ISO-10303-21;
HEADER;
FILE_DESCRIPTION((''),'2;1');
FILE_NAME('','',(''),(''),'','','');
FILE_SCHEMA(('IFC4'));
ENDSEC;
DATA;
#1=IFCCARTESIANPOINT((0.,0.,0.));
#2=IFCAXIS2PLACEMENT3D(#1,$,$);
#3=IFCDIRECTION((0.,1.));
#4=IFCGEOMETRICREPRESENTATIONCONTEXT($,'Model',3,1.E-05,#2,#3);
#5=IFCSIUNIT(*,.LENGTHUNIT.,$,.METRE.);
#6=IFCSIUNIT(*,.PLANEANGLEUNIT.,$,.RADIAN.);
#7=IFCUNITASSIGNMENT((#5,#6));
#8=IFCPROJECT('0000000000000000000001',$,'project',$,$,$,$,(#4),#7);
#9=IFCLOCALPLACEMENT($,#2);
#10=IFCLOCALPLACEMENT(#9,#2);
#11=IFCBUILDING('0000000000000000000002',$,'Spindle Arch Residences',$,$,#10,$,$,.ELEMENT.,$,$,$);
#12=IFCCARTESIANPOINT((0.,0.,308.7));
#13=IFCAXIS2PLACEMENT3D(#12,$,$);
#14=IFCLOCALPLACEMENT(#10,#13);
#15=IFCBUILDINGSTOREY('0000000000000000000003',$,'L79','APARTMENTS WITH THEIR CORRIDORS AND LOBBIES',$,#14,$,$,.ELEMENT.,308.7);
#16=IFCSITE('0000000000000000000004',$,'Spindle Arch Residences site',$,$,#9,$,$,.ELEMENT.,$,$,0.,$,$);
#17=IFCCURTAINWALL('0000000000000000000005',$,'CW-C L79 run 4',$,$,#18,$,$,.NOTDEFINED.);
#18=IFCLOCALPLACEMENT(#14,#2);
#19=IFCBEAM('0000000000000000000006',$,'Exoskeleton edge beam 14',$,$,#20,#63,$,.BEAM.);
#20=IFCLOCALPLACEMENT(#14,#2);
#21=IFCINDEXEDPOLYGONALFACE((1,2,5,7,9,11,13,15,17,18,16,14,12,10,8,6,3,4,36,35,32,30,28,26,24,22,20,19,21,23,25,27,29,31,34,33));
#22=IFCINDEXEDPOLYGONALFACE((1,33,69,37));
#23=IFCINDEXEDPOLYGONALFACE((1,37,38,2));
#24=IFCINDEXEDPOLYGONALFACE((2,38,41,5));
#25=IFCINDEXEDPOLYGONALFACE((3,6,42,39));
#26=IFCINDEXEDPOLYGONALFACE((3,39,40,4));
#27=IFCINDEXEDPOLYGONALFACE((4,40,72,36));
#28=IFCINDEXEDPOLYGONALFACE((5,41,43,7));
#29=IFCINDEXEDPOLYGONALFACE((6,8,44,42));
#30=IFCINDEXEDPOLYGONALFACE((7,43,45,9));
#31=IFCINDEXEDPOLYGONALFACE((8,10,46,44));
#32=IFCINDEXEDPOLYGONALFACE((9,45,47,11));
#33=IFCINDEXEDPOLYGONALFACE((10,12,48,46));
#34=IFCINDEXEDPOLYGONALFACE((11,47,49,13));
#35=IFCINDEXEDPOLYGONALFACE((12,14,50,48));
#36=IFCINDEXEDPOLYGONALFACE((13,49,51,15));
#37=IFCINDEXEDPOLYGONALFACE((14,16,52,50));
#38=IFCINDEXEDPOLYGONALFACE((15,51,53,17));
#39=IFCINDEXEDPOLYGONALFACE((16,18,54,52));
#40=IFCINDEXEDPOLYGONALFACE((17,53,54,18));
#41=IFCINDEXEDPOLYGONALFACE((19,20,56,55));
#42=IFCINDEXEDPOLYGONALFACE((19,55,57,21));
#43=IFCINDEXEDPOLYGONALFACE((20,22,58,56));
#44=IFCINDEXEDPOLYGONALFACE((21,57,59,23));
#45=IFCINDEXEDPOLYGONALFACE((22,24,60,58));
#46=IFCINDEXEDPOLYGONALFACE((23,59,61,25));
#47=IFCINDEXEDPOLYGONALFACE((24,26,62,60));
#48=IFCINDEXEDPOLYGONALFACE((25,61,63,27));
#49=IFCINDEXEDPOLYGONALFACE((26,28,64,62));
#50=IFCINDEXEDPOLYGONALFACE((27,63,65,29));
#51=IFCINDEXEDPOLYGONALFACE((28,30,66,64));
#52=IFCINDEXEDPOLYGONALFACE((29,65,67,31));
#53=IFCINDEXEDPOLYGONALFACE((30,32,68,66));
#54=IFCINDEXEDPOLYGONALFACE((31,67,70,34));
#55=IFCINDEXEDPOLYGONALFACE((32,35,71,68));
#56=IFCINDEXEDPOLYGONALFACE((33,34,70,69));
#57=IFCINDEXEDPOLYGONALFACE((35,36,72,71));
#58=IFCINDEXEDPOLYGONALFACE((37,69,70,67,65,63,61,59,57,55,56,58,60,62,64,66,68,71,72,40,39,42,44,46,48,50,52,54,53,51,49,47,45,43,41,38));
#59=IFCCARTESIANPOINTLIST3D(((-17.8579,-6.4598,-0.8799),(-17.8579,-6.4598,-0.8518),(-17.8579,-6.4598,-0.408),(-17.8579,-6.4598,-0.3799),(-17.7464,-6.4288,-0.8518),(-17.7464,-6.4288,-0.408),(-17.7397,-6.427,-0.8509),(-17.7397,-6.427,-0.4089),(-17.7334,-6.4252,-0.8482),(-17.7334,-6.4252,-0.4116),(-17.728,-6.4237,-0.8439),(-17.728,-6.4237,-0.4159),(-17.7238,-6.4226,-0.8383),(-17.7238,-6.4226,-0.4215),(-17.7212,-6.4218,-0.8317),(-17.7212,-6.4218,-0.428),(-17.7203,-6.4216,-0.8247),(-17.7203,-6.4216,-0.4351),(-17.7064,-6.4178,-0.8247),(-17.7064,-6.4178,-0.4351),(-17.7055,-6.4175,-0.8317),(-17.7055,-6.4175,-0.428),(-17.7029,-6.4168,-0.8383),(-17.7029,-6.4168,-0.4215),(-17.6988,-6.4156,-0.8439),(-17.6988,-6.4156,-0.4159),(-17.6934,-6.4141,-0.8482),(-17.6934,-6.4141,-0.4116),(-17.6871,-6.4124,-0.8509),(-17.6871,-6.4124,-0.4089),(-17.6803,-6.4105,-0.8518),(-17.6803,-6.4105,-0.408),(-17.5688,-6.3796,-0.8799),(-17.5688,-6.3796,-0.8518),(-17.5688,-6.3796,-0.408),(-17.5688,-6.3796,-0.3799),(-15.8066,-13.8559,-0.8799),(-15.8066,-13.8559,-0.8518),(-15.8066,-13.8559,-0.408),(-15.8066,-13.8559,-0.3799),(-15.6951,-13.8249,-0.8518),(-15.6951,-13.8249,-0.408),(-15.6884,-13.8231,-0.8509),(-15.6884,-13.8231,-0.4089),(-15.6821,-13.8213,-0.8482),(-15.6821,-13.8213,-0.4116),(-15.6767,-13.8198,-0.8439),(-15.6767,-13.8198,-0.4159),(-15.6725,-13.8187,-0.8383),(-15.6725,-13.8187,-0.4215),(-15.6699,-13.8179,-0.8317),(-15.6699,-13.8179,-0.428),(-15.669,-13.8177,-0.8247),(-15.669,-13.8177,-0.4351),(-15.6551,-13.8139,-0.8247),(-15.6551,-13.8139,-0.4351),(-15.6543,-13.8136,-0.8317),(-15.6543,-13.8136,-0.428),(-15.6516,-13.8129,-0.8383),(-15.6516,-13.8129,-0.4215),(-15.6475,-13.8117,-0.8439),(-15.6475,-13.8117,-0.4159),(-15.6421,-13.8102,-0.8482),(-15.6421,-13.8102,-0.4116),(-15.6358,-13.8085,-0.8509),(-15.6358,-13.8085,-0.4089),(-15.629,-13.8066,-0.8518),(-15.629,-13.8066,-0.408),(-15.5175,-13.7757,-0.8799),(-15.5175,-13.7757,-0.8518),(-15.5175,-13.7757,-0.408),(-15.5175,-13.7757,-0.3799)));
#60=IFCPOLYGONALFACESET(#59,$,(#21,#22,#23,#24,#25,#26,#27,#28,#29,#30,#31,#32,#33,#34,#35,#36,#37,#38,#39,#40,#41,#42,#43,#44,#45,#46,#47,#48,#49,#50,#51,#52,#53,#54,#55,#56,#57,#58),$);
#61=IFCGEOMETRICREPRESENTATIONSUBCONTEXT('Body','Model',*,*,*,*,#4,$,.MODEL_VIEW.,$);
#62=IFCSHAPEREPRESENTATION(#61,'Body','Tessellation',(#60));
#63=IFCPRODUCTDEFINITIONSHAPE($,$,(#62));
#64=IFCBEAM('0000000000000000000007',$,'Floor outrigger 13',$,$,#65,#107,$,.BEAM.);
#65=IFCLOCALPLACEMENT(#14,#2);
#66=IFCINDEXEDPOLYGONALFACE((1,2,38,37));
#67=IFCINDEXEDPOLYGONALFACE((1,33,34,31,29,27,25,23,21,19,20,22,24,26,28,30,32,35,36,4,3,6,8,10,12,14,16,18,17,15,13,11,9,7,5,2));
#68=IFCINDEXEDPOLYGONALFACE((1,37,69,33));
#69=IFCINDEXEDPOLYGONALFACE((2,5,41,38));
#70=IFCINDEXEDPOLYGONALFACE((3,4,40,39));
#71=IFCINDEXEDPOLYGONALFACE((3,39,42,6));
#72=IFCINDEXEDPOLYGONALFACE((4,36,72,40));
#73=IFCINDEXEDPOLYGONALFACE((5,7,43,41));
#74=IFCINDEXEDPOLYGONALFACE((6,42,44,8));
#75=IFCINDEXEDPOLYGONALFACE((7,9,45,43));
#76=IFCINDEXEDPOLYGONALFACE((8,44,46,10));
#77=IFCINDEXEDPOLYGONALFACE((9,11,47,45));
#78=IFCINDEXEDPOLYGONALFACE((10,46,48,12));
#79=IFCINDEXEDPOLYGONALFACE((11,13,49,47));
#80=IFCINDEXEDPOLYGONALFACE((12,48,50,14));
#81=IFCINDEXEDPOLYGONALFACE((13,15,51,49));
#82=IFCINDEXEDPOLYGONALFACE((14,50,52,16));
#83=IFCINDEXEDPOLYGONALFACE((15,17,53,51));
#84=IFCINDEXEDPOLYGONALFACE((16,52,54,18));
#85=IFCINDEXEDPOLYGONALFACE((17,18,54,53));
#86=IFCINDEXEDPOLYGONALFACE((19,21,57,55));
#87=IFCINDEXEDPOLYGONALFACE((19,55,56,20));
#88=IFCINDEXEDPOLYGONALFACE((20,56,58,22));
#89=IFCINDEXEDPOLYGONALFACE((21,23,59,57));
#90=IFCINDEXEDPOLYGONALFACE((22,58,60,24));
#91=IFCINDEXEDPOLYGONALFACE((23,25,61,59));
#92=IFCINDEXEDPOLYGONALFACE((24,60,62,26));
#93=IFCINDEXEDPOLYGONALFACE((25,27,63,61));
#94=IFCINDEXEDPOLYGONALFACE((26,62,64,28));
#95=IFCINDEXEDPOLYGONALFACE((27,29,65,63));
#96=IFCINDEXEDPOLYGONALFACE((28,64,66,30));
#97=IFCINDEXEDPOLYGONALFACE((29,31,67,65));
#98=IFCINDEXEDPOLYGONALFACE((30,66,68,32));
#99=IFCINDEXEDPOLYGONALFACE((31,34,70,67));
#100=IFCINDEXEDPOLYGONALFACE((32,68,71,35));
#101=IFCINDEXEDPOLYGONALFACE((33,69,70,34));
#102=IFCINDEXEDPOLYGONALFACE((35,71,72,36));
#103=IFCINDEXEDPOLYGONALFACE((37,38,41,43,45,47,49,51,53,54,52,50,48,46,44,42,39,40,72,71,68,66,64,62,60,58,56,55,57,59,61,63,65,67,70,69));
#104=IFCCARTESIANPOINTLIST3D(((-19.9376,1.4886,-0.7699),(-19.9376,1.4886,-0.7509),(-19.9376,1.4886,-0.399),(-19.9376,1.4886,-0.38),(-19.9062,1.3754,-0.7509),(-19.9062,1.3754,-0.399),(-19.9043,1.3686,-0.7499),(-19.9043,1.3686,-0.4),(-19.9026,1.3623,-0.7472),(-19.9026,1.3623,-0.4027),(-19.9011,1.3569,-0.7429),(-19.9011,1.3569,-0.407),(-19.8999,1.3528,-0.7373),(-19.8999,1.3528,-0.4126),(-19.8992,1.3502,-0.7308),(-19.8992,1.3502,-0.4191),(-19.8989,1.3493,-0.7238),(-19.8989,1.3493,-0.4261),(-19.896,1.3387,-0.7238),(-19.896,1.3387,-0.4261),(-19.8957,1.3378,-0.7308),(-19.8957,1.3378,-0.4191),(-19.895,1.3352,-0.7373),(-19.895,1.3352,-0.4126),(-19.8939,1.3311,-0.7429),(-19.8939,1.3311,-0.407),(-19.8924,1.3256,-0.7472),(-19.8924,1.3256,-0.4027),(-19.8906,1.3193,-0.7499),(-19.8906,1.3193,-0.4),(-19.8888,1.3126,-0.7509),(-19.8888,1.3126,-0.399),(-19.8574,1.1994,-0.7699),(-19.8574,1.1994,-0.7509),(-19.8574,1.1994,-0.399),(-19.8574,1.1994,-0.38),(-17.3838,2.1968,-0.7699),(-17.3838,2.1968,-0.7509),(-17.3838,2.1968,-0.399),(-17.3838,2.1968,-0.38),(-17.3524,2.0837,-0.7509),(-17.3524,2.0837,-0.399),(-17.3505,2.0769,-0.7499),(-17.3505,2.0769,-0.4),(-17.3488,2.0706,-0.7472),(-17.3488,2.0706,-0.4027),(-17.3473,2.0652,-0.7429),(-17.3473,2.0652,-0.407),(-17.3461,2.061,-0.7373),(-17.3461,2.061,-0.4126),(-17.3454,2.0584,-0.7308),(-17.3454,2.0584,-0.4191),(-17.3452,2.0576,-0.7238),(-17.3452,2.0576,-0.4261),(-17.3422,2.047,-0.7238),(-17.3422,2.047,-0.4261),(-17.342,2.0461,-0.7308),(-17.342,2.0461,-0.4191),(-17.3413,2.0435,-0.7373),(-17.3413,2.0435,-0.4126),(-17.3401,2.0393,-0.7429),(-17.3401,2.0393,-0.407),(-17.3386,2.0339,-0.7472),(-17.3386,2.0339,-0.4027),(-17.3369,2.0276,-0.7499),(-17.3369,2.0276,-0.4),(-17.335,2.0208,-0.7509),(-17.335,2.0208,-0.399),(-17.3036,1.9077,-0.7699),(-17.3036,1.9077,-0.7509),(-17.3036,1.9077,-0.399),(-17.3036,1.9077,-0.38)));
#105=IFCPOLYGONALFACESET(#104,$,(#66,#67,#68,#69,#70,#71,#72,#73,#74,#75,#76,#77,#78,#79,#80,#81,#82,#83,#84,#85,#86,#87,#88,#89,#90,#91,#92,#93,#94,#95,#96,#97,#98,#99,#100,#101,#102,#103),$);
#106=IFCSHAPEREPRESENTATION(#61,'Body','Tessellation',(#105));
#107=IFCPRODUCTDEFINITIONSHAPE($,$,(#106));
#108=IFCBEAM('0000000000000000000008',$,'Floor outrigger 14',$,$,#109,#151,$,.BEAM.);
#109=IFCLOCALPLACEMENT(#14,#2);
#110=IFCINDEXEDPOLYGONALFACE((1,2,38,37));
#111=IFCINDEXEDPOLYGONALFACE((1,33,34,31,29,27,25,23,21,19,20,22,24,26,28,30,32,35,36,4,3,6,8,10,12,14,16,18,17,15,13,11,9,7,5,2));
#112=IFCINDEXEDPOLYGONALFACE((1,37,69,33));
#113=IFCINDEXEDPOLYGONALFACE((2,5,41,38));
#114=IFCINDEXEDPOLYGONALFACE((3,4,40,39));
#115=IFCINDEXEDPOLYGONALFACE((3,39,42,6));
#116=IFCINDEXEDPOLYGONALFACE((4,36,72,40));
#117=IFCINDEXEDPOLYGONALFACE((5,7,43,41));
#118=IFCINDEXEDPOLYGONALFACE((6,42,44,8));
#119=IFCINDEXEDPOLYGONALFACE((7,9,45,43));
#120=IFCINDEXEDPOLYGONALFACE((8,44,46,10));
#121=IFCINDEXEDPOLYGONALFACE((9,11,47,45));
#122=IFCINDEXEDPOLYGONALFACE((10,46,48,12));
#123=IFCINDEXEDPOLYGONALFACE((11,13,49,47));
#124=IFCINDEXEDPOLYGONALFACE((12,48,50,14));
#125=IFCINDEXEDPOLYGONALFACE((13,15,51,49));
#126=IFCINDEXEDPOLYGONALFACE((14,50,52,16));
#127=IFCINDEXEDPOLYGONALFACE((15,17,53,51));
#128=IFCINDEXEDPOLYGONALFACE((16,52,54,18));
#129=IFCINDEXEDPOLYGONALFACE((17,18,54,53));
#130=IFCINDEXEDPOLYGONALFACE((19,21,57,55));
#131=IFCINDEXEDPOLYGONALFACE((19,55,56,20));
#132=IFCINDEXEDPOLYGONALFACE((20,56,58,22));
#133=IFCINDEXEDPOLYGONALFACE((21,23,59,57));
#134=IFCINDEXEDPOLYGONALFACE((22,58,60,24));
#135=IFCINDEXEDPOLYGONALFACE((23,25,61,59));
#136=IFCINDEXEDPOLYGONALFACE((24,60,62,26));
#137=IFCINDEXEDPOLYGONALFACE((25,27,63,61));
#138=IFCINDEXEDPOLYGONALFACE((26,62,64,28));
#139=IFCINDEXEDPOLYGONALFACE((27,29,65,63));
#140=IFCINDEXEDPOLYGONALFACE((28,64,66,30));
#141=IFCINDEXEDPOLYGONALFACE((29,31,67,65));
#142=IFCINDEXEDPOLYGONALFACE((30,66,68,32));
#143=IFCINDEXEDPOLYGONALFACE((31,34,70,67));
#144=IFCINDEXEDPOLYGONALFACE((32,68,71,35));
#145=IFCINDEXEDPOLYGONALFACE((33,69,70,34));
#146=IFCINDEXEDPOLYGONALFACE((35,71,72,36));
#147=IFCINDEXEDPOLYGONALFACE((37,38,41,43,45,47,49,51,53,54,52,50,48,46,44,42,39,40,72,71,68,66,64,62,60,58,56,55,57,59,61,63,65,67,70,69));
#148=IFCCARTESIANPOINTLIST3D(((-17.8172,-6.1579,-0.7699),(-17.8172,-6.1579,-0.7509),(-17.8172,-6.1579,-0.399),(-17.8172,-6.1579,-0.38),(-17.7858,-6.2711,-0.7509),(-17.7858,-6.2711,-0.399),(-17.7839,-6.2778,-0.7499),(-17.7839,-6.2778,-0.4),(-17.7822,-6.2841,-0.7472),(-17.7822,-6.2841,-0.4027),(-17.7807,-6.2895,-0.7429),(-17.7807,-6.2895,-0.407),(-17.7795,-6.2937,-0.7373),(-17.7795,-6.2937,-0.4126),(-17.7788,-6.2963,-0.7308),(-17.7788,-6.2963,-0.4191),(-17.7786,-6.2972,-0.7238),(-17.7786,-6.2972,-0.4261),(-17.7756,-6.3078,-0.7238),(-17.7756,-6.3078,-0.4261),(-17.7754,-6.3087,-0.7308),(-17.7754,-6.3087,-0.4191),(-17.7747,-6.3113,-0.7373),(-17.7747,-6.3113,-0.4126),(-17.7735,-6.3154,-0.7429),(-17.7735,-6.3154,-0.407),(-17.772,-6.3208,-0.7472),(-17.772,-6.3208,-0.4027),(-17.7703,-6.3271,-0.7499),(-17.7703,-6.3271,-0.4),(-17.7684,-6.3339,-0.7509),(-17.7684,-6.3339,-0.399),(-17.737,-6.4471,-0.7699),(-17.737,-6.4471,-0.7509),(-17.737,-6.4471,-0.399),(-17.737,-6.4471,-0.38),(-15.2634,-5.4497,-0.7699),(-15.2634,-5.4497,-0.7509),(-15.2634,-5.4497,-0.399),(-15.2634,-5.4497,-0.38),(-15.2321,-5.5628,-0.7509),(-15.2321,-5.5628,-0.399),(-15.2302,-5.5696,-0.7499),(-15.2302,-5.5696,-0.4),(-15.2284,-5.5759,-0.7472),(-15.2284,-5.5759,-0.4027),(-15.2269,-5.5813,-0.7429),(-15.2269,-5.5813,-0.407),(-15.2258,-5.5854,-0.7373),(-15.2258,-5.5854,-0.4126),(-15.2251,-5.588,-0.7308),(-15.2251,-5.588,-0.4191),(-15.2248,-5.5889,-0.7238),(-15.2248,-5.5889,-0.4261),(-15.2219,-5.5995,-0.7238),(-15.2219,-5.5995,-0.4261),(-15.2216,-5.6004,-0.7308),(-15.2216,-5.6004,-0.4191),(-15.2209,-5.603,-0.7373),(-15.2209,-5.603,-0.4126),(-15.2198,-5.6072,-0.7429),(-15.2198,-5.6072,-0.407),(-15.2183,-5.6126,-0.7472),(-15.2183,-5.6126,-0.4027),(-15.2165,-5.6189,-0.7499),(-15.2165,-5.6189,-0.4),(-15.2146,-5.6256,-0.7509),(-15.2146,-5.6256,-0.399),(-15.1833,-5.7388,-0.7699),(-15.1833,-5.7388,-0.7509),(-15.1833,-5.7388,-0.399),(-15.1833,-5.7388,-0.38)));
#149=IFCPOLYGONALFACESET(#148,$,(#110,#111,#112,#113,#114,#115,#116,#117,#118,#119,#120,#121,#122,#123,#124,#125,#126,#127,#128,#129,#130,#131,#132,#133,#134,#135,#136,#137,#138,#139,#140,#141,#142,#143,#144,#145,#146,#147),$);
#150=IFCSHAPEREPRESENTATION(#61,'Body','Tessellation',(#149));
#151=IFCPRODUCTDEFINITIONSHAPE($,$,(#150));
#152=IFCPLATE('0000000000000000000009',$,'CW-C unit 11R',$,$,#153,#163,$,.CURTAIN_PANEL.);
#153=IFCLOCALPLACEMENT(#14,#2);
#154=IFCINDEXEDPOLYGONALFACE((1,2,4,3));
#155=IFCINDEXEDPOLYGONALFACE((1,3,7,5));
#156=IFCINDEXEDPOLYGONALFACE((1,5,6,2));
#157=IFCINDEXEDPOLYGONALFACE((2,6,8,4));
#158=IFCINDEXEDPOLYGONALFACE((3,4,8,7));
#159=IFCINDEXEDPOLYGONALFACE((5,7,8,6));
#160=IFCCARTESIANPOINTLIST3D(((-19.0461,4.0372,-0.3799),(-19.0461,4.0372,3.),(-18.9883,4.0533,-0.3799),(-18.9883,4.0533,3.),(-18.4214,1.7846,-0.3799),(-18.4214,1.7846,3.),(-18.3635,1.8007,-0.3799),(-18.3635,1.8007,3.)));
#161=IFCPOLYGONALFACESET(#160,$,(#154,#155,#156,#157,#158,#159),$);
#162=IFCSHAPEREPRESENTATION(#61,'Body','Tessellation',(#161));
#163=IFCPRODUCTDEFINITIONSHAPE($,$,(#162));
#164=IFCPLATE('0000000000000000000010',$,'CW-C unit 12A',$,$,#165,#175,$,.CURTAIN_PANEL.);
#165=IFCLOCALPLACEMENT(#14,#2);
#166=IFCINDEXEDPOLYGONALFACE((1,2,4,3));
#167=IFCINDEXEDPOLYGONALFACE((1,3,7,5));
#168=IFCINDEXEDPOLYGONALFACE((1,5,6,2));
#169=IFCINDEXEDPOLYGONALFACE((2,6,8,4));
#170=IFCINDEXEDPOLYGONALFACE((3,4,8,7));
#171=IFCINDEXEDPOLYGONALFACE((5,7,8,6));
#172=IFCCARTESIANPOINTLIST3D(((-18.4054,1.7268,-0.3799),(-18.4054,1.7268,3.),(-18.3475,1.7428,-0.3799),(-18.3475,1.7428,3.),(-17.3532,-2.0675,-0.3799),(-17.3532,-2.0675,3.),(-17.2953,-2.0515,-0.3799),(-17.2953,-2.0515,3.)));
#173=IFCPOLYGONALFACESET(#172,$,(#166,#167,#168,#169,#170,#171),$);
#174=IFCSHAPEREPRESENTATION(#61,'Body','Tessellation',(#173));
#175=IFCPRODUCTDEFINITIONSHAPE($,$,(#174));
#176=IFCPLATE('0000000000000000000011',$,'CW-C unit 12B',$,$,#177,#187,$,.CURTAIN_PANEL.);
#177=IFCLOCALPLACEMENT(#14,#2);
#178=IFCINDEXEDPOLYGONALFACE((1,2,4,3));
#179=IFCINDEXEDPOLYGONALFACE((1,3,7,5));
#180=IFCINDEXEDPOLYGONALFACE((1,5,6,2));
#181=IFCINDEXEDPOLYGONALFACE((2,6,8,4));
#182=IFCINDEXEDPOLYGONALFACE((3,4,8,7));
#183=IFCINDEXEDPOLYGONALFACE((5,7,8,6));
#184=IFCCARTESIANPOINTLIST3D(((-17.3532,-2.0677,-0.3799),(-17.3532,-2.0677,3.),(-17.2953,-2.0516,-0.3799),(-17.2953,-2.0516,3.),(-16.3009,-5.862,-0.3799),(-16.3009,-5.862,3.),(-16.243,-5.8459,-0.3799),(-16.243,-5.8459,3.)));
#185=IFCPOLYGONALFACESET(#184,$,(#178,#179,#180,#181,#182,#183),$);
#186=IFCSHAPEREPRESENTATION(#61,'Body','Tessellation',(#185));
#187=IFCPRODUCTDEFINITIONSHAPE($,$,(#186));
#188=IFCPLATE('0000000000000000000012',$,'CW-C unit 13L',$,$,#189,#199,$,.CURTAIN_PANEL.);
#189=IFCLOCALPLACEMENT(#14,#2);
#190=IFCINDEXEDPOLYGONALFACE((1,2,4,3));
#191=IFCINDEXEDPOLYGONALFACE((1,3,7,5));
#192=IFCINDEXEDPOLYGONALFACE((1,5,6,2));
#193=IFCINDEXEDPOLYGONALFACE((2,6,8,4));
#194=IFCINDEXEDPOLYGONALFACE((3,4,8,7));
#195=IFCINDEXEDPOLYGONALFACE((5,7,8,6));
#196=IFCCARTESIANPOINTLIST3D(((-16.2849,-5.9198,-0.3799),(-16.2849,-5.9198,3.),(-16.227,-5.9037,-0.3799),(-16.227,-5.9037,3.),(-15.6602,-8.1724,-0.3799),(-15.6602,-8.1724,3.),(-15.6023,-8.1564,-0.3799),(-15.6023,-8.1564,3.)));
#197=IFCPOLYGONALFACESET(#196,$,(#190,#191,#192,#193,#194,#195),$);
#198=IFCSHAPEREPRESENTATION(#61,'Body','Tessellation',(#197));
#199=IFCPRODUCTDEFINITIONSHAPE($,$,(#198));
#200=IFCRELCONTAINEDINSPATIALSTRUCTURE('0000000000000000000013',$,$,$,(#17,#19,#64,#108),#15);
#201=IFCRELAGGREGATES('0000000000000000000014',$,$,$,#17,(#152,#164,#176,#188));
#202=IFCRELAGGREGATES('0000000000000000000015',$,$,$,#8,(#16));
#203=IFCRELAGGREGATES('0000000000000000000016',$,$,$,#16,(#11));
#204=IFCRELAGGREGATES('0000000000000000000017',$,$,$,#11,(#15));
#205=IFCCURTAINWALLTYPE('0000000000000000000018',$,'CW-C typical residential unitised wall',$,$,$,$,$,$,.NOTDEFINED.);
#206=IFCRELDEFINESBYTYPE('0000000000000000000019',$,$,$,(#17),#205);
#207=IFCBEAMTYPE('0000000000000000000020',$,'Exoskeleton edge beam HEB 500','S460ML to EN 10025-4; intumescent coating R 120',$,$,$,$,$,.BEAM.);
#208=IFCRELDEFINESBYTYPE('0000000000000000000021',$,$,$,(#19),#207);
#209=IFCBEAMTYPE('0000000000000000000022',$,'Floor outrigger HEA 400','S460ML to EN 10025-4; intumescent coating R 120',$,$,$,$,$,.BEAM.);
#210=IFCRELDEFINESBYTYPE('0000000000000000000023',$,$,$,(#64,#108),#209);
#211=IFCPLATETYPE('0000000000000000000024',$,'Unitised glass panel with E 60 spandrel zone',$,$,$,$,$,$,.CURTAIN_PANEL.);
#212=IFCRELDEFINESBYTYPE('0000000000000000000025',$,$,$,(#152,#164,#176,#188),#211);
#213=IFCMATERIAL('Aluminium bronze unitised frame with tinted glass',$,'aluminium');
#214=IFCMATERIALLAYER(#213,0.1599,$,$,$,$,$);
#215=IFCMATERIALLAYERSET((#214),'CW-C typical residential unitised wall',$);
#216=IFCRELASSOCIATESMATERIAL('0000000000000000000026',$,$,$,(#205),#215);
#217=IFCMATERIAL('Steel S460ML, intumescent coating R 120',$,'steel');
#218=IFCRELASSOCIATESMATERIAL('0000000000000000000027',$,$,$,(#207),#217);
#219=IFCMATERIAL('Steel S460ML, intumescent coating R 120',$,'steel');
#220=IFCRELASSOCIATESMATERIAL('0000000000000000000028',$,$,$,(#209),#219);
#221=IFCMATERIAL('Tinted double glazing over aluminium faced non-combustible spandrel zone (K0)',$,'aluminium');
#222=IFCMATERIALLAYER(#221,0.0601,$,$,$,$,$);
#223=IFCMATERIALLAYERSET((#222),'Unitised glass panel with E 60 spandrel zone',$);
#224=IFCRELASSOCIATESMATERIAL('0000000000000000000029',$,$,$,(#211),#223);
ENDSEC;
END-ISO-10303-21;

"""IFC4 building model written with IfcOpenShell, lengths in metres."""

from ifc_helpers import new_model, si_unit, direction, frame, origin, origin_2d, place, context, subcontext, project, spatial, rectangle, i_section, extrude, material, layer, layer_set, material_profile, profile_set, type_object, element, aggregate, save


model = new_model("IFC4")

# Units and contexts
model_context = context("Model", 3, precision=1e-05, world=origin(), true_north=direction((0.0, 1.0)))
body_context = subcontext(model_context, "Body", "Model", "MODEL_VIEW")
ifc_project = project(units=[si_unit("LENGTHUNIT", "METRE"), si_unit("PLANEANGLEUNIT", "RADIAN")], contexts=[model_context])

# Site, building, storey
site_placement = place(None, origin())
site = spatial("IfcSite", under=ifc_project, at=site_placement, Name="Spindle Arch Residences site", CompositionType="ELEMENT", RefElevation=0.0)
building_placement = place(site_placement, origin())
building = spatial("IfcBuilding", under=site, at=building_placement, Name="Spindle Arch Residences", CompositionType="ELEMENT")
storey_placement = place(building_placement, frame((0.0, 0.0, 308.7)))
storey = spatial("IfcBuildingStorey", under=building, at=storey_placement, Name="L79", Description="APARTMENTS WITH THEIR CORRIDORS AND LOBBIES", CompositionType="ELEMENT", Elevation=308.7)

# Curtain wall
ifc_material_1 = material(Name="Aluminium bronze unitised frame with tinted glass", Category="aluminium")
ifc_layer_1 = layer(ifc_material_1, 0.1599)
ifc_layer_set_1 = layer_set([ifc_layer_1], Name="CW-C typical residential unitised wall")
curtain_wall_type = type_object("IfcCurtainWallType", Name="CW-C typical residential unitised wall", PredefinedType="NOTDEFINED", material=ifc_layer_set_1)
curtain_wall_placement = place(storey_placement, origin())
curtain_wall = element("IfcCurtainWall", 1, at=curtain_wall_placement, inside=storey, type_object=curtain_wall_type, Name="CW-C L79 run 4", PredefinedType="NOTDEFINED")

# Beams
ifc_material_2 = material(Name="Steel S460ML, intumescent coating R 120", Category="steel")
ifc_material_profile_1 = material_profile(ifc_material_2, i_section(OverallWidth=0.3, OverallDepth=0.5, WebThickness=0.0144, FlangeThickness=0.0281, FilletRadius=0.0271, at=origin_2d()), Name="HEB 500")
ifc_profile_set_1 = profile_set([ifc_material_profile_1], Name="Steel S460ML, intumescent coating R 120")
beam_type_1 = type_object("IfcBeamType", Name="Exoskeleton edge beam HEB 500", Description="S460ML to EN 10025-4; intumescent coating R 120", PredefinedType="BEAM", material=ifc_profile_set_1)
beam_1_placement = place(storey_placement, frame((-17.7134, -6.4197, -0.6299), z_axis=(0.26726, -0.963624, 0.0), x_axis=(0.963624, 0.26726, 0.0)))
element("IfcBeam", 2, at=beam_1_placement, inside=storey, type_object=beam_type_1, Name="Exoskeleton edge beam 14", PredefinedType="BEAM", context=body_context, shape_type="SweptSolid", body=[
    extrude(i_section(OverallWidth=0.3, OverallDepth=0.5, WebThickness=0.0144, FlangeThickness=0.0281, FilletRadius=0.0271, at=origin_2d()), origin(), (0.0, 0.0, 1.0), 7.6753),
])
ifc_material_3 = material(Name="Steel S460ML, intumescent coating R 120", Category="steel")
ifc_material_profile_2 = material_profile(ifc_material_3, i_section(OverallWidth=0.3, OverallDepth=0.3899, WebThickness=0.011, FlangeThickness=0.019, FilletRadius=0.0271, at=origin_2d()), Name="HEA 400")
ifc_profile_set_2 = profile_set([ifc_material_profile_2], Name="Steel S460ML, intumescent coating R 120")
beam_type_2 = type_object("IfcBeamType", Name="Floor outrigger HEA 400", Description="S460ML to EN 10025-4; intumescent coating R 120", PredefinedType="BEAM", material=ifc_profile_set_2)
for number, where, z_axis, x_axis, name in (
    (3, (-19.8975, 1.344, -0.575), (0.963626, 0.267254, 0.0), (-0.267254, 0.963626, 0.0), "Floor outrigger 13"),
    (4, (-17.7771, -6.3025, -0.575), (0.963626, 0.267254, 0.0), (-0.267254, 0.963626, 0.0), "Floor outrigger 14"),
):
    element("IfcBeam", number, at=place(storey_placement, frame(where, z_axis=z_axis, x_axis=x_axis)), inside=storey, type_object=beam_type_2, Name=name, PredefinedType="BEAM", context=body_context, shape_type="SweptSolid", body=[
        extrude(i_section(OverallWidth=0.3, OverallDepth=0.3899, WebThickness=0.011, FlangeThickness=0.019, FilletRadius=0.0271, at=origin_2d()), origin(), (0.0, 0.0, 1.0), 2.6501),
    ])

# Plates
ifc_material_4 = material(Name="Tinted double glazing over aluminium faced non-combustible spandrel zone (K0)", Category="aluminium")
ifc_layer_2 = layer(ifc_material_4, 0.0601)
ifc_layer_set_2 = layer_set([ifc_layer_2], Name="Unitised glass panel with E 60 spandrel zone")
plate_type = type_object("IfcPlateType", Name="Unitised glass panel with E 60 spandrel zone", PredefinedType="CURTAIN_PANEL", material=ifc_layer_set_2)
plate_1_placement = place(storey_placement, frame((-18.7048, 2.9189, -0.3799), z_axis=(0.0, 0.0, 1.0), x_axis=(0.267238, -0.96363, 0.0)))
plate_1 = element("IfcPlate", 5, at=plate_1_placement, type_object=plate_type, Name="CW-C unit 11R", PredefinedType="CURTAIN_PANEL", context=body_context, shape_type="SweptSolid", body=[
    extrude(rectangle(XDim=2.3376, YDim=0.0601, at=origin_2d()), origin(), (0.0, 0.0, 1.0), 3.3799),
])
plate_2_placement = place(storey_placement, frame((-17.8503, -0.1624, -0.3799), z_axis=(0.0, 0.0, 1.0), x_axis=(0.267238, -0.96363, 0.0)))
plate_2 = element("IfcPlate", 6, at=plate_2_placement, type_object=plate_type, Name="CW-C unit 12A", PredefinedType="CURTAIN_PANEL", context=body_context, shape_type="SweptSolid", body=[
    extrude(rectangle(XDim=3.9375, YDim=0.0601, at=origin_2d()), origin(), (0.0, 0.0, 1.0), 3.3799),
])
plate_3_placement = place(storey_placement, frame((-16.7981, -3.9568, -0.3799), z_axis=(0.0, 0.0, 1.0), x_axis=(0.267238, -0.96363, 0.0)))
plate_3 = element("IfcPlate", 7, at=plate_3_placement, type_object=plate_type, Name="CW-C unit 12B", PredefinedType="CURTAIN_PANEL", context=body_context, shape_type="SweptSolid", body=[
    extrude(rectangle(XDim=3.9375, YDim=0.0601, at=origin_2d()), origin(), (0.0, 0.0, 1.0), 3.3799),
])
plate_4_placement = place(storey_placement, frame((-15.9436, -7.0381, -0.3799), z_axis=(0.0, 0.0, 1.0), x_axis=(0.267238, -0.96363, 0.0)))
plate_4 = element("IfcPlate", 8, at=plate_4_placement, type_object=plate_type, Name="CW-C unit 13L", PredefinedType="CURTAIN_PANEL", context=body_context, shape_type="SweptSolid", body=[
    extrude(rectangle(XDim=2.3376, YDim=0.0601, at=origin_2d()), origin(), (0.0, 0.0, 1.0), 3.3799),
])
aggregate(curtain_wall, [plate_1, plate_2, plate_3, plate_4])

save(model, "model.ifc")
